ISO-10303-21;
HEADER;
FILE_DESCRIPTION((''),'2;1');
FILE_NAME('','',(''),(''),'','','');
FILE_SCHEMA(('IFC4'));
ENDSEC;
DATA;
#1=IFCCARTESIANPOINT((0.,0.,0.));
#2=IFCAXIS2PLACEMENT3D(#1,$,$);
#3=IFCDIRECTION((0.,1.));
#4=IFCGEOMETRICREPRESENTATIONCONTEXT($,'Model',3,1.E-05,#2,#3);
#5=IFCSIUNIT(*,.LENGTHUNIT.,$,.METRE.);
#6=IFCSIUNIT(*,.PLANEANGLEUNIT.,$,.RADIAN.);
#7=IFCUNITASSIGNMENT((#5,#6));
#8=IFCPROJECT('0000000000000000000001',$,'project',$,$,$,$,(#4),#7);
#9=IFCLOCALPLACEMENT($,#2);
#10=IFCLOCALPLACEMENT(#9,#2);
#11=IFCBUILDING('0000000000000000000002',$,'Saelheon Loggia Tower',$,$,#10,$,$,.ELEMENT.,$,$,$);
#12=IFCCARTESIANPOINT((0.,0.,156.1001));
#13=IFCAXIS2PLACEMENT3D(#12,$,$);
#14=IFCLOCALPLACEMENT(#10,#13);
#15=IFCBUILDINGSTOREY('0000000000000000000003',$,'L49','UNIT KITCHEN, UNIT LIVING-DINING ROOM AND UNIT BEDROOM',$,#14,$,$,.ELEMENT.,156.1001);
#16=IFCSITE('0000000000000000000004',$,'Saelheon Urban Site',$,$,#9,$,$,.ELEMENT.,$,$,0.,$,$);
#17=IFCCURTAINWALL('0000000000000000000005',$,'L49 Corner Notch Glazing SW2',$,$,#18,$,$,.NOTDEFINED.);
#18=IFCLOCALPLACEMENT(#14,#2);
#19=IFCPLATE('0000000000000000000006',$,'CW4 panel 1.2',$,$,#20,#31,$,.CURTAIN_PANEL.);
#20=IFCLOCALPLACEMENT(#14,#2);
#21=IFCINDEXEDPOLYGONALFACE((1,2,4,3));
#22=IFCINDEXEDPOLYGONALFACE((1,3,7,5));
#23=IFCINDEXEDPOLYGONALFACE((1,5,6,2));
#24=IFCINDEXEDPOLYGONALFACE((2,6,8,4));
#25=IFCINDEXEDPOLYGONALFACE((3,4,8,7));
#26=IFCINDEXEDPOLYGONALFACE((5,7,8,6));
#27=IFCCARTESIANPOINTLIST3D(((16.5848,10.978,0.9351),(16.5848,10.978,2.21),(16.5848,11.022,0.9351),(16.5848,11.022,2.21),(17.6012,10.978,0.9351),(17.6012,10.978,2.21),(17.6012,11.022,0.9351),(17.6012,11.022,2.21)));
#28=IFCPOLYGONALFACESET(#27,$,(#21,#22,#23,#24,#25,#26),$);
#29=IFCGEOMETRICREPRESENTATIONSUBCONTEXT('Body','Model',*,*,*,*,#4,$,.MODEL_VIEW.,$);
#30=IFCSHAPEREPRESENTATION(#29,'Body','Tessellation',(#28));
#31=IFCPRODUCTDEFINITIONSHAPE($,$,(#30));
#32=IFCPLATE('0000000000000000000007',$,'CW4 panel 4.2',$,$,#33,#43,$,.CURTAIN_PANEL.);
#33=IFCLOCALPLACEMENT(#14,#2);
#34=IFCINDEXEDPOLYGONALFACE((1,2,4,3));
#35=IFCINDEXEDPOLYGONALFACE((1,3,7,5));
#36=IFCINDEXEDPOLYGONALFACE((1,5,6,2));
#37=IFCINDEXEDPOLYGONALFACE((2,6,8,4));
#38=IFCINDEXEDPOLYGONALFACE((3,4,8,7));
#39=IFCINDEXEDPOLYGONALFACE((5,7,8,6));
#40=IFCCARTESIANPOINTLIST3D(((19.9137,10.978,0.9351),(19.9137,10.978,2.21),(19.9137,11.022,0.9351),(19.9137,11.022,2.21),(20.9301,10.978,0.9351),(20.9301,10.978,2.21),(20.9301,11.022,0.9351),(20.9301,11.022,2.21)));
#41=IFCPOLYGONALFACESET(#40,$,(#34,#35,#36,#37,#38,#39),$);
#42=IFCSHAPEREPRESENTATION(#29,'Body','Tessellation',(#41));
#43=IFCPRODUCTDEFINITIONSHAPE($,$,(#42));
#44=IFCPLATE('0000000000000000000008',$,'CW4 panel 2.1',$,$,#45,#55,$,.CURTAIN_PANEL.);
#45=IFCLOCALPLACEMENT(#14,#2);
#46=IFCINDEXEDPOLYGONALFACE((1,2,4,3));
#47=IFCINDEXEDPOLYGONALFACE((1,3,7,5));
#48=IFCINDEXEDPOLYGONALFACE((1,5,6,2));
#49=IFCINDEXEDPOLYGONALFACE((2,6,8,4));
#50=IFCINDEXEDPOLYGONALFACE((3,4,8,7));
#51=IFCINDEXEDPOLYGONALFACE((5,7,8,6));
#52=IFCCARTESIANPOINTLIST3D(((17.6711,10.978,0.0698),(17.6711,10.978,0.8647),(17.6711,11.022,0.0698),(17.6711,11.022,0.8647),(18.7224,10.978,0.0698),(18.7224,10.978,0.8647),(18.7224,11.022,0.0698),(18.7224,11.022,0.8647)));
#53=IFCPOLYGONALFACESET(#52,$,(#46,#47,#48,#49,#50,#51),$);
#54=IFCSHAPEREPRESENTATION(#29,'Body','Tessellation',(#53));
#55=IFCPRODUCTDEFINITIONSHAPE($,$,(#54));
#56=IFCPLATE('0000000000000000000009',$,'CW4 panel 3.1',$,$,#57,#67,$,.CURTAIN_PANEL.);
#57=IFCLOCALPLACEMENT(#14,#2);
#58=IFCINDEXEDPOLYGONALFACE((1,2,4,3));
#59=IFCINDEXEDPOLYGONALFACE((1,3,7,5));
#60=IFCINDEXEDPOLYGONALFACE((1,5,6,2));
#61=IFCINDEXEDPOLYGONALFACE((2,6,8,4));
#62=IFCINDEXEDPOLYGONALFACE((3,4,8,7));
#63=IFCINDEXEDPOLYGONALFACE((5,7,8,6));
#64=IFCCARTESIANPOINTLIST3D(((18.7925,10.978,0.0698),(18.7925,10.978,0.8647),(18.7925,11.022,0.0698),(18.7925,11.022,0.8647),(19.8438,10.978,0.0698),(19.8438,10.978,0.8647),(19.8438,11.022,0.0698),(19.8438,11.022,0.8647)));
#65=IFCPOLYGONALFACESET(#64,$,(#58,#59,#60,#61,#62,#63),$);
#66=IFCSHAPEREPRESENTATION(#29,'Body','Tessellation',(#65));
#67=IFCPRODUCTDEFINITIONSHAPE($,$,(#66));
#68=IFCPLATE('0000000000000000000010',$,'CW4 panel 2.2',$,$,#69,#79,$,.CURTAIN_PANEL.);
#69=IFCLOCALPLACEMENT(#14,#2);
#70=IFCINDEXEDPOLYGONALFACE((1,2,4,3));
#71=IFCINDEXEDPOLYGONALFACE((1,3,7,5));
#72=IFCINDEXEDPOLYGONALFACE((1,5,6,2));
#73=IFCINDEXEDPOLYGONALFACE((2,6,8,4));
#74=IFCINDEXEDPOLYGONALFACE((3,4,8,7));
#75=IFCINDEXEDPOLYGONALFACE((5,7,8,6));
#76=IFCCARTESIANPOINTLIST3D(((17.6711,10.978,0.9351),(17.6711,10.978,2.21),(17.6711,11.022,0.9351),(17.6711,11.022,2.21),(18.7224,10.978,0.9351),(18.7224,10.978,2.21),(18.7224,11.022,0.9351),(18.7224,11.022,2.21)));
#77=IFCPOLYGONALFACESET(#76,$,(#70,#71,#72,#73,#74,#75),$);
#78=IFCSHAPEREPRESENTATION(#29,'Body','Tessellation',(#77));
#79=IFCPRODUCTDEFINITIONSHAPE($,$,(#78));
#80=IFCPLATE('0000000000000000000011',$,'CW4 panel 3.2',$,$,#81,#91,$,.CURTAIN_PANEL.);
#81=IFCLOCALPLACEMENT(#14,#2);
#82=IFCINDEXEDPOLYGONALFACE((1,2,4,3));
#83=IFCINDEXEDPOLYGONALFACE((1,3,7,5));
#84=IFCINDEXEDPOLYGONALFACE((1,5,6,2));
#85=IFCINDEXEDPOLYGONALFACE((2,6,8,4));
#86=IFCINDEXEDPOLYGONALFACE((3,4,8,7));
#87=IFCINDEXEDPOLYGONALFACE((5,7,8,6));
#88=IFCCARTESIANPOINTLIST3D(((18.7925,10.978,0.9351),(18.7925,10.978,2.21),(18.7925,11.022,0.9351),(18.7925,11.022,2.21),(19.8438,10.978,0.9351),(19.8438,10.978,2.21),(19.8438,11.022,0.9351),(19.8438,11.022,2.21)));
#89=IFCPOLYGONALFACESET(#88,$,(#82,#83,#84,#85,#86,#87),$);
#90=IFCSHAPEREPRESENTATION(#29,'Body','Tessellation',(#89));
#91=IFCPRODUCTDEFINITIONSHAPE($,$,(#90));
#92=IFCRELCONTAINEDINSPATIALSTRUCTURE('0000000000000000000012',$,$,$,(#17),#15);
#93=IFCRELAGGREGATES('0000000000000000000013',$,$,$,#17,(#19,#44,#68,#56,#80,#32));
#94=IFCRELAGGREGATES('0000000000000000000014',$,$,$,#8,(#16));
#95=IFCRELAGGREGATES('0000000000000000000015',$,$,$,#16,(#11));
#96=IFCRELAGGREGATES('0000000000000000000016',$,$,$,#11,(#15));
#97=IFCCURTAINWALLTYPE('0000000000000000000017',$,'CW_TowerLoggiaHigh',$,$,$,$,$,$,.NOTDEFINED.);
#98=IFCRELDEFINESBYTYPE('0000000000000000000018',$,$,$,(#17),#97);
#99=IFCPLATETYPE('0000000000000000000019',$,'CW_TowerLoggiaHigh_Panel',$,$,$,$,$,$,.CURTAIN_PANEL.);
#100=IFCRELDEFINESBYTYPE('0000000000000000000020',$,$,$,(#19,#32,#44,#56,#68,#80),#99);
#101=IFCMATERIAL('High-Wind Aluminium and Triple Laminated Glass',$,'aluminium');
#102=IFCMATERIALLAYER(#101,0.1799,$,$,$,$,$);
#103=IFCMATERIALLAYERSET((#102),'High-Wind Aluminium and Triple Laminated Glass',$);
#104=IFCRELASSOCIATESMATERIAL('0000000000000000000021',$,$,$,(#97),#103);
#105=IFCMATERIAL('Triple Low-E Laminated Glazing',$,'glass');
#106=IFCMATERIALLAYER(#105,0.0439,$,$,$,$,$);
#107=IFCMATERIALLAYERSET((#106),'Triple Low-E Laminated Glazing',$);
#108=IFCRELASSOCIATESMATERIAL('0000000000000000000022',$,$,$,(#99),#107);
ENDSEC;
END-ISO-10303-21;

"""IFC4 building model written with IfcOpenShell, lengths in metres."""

from ifc_helpers import new_model, si_unit, direction, frame, origin, origin_2d, place, context, subcontext, project, spatial, rectangle, extrude, source, transform, mapped, material, layer, layer_set, type_object, element, aggregate, save


model = new_model("IFC4")

# Units and contexts
model_context = context("Model", 3, precision=1e-05, world=origin(), true_north=direction((0.0, 1.0)))
body_context = subcontext(model_context, "Body", "Model", "MODEL_VIEW")
ifc_project = project(units=[si_unit("LENGTHUNIT", "METRE"), si_unit("PLANEANGLEUNIT", "RADIAN")], contexts=[model_context])

# Site, building, storey
site_placement = place(None, origin())
site = spatial("IfcSite", under=ifc_project, at=site_placement, Name="Saelheon Urban Site", CompositionType="ELEMENT", RefElevation=0.0)
building_placement = place(site_placement, origin())
building = spatial("IfcBuilding", under=site, at=building_placement, Name="Saelheon Loggia Tower", CompositionType="ELEMENT")
storey_placement = place(building_placement, frame((0.0, 0.0, 156.1001)))
storey = spatial("IfcBuildingStorey", under=building, at=storey_placement, Name="L49", Description="UNIT KITCHEN, UNIT LIVING-DINING ROOM AND UNIT BEDROOM", CompositionType="ELEMENT", Elevation=156.1001)

# Curtain wall, plates
ifc_material_1 = material(Name="High-Wind Aluminium and Triple Laminated Glass", Category="aluminium")
ifc_layer_1 = layer(ifc_material_1, 0.1799)
ifc_layer_set_1 = layer_set([ifc_layer_1], Name="High-Wind Aluminium and Triple Laminated Glass")
curtain_wall_type = type_object("IfcCurtainWallType", Name="CW_TowerLoggiaHigh", PredefinedType="NOTDEFINED", material=ifc_layer_set_1)
curtain_wall_placement = place(storey_placement, origin())
curtain_wall = element("IfcCurtainWall", 1, at=curtain_wall_placement, inside=storey, type_object=curtain_wall_type, Name="L49 Corner Notch Glazing SW2", PredefinedType="NOTDEFINED")
ifc_material_2 = material(Name="Triple Low-E Laminated Glazing", Category="glass")
ifc_layer_2 = layer(ifc_material_2, 0.0439)
ifc_layer_set_2 = layer_set([ifc_layer_2], Name="Triple Low-E Laminated Glazing")
plate_type = type_object("IfcPlateType", Name="CW_TowerLoggiaHigh_Panel", PredefinedType="CURTAIN_PANEL", material=ifc_layer_set_2)
shared_shape_1 = source(origin(), body_context, "Body", "SweptSolid", [
    extrude(rectangle(XDim=1.0164, YDim=0.0439, at=origin_2d()), origin(), (0.0, 0.0, 1.0), 1.2749),
])
plate_1_placement = place(storey_placement, frame((17.093, 11.0, 0.9351), z_axis=(0.0, 0.0, 1.0), x_axis=(1.0, 0.0, 0.0)))
plate_1 = element("IfcPlate", 2, at=plate_1_placement, type_object=plate_type, Name="CW4 panel 1.2", PredefinedType="CURTAIN_PANEL", context=body_context, shape_type="MappedRepresentation", body=[
    mapped(shared_shape_1, transform((0.0, 0.0, 0.0), scale=1.0)),
])
plate_2_placement = place(storey_placement, frame((20.4219, 11.0, 0.9351), z_axis=(0.0, 0.0, 1.0), x_axis=(1.0, 0.0, 0.0)))
plate_2 = element("IfcPlate", 3, at=plate_2_placement, type_object=plate_type, Name="CW4 panel 4.2", PredefinedType="CURTAIN_PANEL", context=body_context, shape_type="MappedRepresentation", body=[
    mapped(shared_shape_1, transform((0.0, 0.0, 0.0), scale=1.0)),
])
shared_shape_2 = source(origin(), body_context, "Body", "SweptSolid", [
    extrude(rectangle(XDim=1.0513, YDim=0.0439, at=origin_2d()), origin(), (0.0, 0.0, 1.0), 0.7949),
])
plate_3_placement = place(storey_placement, frame((18.1968, 11.0, 0.0698), z_axis=(0.0, 0.0, 1.0), x_axis=(1.0, 0.0, 0.0)))
plate_3 = element("IfcPlate", 4, at=plate_3_placement, type_object=plate_type, Name="CW4 panel 2.1", PredefinedType="CURTAIN_PANEL", context=body_context, shape_type="MappedRepresentation", body=[
    mapped(shared_shape_2, transform((0.0, 0.0, 0.0), scale=1.0)),
])
plate_4_placement = place(storey_placement, frame((19.3181, 11.0, 0.0698), z_axis=(0.0, 0.0, 1.0), x_axis=(1.0, 0.0, 0.0)))
plate_4 = element("IfcPlate", 5, at=plate_4_placement, type_object=plate_type, Name="CW4 panel 3.1", PredefinedType="CURTAIN_PANEL", context=body_context, shape_type="MappedRepresentation", body=[
    mapped(shared_shape_2, transform((0.0, 0.0, 0.0), scale=1.0)),
])
shared_shape_3 = source(origin(), body_context, "Body", "SweptSolid", [
    extrude(rectangle(XDim=1.0513, YDim=0.0439, at=origin_2d()), origin(), (0.0, 0.0, 1.0), 1.2749),
])
plate_5_placement = place(storey_placement, frame((18.1968, 11.0, 0.9351), z_axis=(0.0, 0.0, 1.0), x_axis=(1.0, 0.0, 0.0)))
plate_5 = element("IfcPlate", 6, at=plate_5_placement, type_object=plate_type, Name="CW4 panel 2.2", PredefinedType="CURTAIN_PANEL", context=body_context, shape_type="MappedRepresentation", body=[
    mapped(shared_shape_3, transform((0.0, 0.0, 0.0), scale=1.0)),
])
plate_6_placement = place(storey_placement, frame((19.3181, 11.0, 0.9351), z_axis=(0.0, 0.0, 1.0), x_axis=(1.0, 0.0, 0.0)))
plate_6 = element("IfcPlate", 7, at=plate_6_placement, type_object=plate_type, Name="CW4 panel 3.2", PredefinedType="CURTAIN_PANEL", context=body_context, shape_type="MappedRepresentation", body=[
    mapped(shared_shape_3, transform((0.0, 0.0, 0.0), scale=1.0)),
])
aggregate(curtain_wall, [plate_1, plate_3, plate_5, plate_4, plate_6, plate_2])

save(model, "model.ifc")
